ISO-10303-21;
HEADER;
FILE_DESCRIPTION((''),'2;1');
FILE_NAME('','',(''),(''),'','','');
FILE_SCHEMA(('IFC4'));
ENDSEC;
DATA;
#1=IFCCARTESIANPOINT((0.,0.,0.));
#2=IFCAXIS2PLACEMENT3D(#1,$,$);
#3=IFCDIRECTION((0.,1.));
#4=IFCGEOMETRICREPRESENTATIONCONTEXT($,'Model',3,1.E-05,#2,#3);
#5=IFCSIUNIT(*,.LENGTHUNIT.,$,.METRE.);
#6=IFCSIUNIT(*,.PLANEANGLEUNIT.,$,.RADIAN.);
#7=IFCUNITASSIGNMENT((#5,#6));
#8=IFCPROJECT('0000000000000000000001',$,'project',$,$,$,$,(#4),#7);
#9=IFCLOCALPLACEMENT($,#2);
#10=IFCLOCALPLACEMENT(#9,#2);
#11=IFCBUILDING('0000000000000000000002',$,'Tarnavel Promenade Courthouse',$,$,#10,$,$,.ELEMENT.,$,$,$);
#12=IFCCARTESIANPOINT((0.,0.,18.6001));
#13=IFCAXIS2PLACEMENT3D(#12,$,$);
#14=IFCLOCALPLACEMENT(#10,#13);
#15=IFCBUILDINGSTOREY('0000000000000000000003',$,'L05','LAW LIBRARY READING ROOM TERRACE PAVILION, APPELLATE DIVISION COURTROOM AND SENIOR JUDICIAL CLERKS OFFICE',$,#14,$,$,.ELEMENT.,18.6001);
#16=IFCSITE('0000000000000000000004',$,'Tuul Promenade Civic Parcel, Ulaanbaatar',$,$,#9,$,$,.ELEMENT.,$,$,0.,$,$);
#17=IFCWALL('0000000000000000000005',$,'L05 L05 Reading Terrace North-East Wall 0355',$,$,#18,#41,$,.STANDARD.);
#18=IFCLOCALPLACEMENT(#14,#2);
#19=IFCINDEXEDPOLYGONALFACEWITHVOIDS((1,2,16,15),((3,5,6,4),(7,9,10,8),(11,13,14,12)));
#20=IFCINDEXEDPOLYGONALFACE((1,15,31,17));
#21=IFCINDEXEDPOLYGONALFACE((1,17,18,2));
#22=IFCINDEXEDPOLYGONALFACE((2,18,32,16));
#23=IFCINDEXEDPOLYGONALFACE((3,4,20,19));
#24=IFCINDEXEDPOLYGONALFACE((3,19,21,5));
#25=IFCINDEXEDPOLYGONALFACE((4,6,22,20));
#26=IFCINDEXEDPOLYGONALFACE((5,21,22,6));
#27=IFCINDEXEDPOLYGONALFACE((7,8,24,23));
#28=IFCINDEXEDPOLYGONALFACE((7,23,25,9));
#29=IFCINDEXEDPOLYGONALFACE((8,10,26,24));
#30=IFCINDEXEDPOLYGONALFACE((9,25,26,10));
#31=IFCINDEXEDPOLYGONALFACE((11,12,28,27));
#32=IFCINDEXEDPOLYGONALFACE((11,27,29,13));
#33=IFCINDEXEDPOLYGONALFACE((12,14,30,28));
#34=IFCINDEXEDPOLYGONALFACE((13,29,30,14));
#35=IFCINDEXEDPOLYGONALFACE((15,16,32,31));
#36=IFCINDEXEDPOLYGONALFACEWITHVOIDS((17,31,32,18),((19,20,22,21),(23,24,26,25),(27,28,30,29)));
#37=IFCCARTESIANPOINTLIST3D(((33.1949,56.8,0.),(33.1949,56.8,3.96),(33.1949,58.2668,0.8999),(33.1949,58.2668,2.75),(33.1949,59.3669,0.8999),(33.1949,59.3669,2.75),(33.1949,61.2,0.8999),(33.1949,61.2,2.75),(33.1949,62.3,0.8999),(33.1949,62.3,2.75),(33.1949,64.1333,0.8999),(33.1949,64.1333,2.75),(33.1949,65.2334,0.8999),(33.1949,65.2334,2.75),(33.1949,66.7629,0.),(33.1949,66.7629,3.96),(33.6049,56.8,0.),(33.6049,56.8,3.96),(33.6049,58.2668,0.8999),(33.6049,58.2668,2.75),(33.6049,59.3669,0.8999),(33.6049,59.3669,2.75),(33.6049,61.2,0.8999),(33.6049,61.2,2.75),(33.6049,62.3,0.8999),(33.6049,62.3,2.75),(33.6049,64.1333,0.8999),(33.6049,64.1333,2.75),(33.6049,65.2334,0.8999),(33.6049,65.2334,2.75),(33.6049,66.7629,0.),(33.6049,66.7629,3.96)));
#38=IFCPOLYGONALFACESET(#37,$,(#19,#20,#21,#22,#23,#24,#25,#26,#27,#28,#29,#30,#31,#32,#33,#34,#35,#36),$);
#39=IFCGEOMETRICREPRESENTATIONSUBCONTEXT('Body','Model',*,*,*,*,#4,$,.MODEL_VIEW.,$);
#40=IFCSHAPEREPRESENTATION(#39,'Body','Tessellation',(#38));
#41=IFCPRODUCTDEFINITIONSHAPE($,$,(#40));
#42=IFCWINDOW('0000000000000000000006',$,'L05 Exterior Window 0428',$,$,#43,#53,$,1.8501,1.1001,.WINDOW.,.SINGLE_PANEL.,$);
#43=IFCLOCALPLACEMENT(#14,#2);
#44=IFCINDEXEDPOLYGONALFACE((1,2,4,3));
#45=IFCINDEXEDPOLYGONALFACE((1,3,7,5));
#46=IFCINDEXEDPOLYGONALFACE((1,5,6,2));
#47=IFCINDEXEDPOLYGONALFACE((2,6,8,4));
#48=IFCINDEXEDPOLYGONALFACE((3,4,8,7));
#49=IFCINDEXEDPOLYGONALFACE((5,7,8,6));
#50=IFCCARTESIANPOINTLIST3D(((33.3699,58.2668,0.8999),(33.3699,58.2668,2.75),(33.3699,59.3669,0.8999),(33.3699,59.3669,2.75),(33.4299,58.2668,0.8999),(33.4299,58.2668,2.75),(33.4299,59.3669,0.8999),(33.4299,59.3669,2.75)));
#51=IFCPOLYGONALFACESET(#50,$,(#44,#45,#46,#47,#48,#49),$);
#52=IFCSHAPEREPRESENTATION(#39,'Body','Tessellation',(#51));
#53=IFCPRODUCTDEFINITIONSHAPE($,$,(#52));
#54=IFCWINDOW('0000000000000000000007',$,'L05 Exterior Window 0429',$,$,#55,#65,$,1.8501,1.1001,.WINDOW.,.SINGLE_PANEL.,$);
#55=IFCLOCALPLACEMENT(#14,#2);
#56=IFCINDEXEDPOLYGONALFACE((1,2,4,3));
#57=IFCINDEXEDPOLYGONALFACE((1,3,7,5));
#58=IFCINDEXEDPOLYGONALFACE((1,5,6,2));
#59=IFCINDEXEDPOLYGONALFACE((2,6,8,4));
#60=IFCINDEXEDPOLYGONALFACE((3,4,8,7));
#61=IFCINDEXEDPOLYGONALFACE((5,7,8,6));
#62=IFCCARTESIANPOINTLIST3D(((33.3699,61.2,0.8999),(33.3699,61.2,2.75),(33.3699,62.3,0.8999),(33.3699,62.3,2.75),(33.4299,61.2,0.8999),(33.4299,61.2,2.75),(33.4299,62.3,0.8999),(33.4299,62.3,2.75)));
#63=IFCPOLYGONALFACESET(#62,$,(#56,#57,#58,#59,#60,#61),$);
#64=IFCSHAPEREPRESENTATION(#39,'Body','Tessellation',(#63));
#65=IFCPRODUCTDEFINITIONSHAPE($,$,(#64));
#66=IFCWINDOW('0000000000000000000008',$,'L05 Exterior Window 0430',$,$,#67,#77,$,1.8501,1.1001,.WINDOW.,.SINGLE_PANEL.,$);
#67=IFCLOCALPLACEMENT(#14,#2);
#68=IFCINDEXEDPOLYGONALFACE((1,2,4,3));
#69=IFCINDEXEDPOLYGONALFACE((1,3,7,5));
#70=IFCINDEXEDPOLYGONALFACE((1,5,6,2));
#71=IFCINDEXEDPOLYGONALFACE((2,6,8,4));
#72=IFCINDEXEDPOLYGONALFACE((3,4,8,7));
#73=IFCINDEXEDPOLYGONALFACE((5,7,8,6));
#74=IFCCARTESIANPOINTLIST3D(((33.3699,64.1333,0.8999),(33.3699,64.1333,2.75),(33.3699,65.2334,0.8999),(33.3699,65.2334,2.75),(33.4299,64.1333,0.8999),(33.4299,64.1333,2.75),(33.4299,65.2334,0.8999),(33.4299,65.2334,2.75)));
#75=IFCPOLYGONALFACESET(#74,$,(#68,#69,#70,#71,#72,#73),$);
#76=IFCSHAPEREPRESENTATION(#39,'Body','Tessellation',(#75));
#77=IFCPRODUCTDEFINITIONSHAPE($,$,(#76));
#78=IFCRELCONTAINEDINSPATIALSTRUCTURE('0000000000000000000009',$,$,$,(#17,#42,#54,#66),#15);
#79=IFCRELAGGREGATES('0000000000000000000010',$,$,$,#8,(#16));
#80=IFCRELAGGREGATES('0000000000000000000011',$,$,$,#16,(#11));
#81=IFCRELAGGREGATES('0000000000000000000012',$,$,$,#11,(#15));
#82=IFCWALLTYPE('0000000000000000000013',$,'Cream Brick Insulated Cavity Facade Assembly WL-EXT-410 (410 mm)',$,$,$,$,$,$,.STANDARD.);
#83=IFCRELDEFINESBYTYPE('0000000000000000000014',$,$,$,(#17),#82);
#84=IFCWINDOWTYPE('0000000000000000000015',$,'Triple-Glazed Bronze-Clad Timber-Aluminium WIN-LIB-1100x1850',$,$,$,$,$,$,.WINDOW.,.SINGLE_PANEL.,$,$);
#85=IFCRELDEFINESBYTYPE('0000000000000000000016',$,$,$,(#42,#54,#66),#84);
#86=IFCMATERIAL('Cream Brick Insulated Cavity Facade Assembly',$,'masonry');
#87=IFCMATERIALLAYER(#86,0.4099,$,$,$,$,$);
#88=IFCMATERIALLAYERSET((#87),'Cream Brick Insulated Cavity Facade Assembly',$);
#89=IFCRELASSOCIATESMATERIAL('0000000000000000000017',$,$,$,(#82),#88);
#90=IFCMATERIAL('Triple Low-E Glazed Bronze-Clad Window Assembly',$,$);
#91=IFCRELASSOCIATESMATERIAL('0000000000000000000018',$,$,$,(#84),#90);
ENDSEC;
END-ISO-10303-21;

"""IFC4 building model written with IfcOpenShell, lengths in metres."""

from ifc_helpers import new_model, si_unit, direction, frame, frame_2d, origin, place, context, subcontext, project, spatial, rectangle, extrude, material, layer, layer_set, type_object, element, fill, save


model = new_model("IFC4")

# Units and contexts
model_context = context("Model", 3, precision=1e-05, world=origin(), true_north=direction((0.0, 1.0)))
body_context = subcontext(model_context, "Body", "Model", "MODEL_VIEW")
ifc_project = project(units=[si_unit("LENGTHUNIT", "METRE"), si_unit("PLANEANGLEUNIT", "RADIAN")], contexts=[model_context])

# Site, building, storey
site_placement = place(None, origin())
site = spatial("IfcSite", under=ifc_project, at=site_placement, Name="Tuul Promenade Civic Parcel, Ulaanbaatar", CompositionType="ELEMENT", RefElevation=0.0)
building_placement = place(site_placement, origin())
building = spatial("IfcBuilding", under=site, at=building_placement, Name="Tarnavel Promenade Courthouse", CompositionType="ELEMENT")
storey_placement = place(building_placement, frame((0.0, 0.0, 18.6001)))
storey = spatial("IfcBuildingStorey", under=building, at=storey_placement, Name="L05", Description="LAW LIBRARY READING ROOM TERRACE PAVILION, APPELLATE DIVISION COURTROOM AND SENIOR JUDICIAL CLERKS OFFICE", CompositionType="ELEMENT", Elevation=18.6001)

# Wall, openings, windows
ifc_material_1 = material(Name="Cream Brick Insulated Cavity Facade Assembly", Category="masonry")
ifc_layer_1 = layer(ifc_material_1, 0.4099)
ifc_layer_set_1 = layer_set([ifc_layer_1], Name="Cream Brick Insulated Cavity Facade Assembly")
wall_type_1 = type_object("IfcWallType", Name="Cream Brick Insulated Cavity Facade Assembly WL-EXT-410 (410 mm)", PredefinedType="STANDARD", material=ifc_layer_set_1)
wall_1_placement = place(storey_placement, frame((33.3999, 56.8, 0.0), z_axis=(0.0, 0.0, 1.0), x_axis=(0.0, 1.0, 0.0)))
wall_1 = element("IfcWall", 1, at=wall_1_placement, inside=storey, type_object=wall_type_1, Name="L05 L05 Reading Terrace North-East Wall 0355", PredefinedType="STANDARD", context=body_context, shape_type="SweptSolid", body=[
    extrude(rectangle(XDim=9.9629, YDim=0.4099, at=frame_2d((4.9814, 0.0))), origin(), (0.0, 0.0, 1.0), 3.96),
])
opening_1_placement = place(wall_1_placement, frame((1.4668, 0.0, 0.8999)))
opening_1 = element("IfcOpeningElement", 2, at=opening_1_placement, cuts=wall_1, PredefinedType="OPENING", context=body_context, shape_type="SweptSolid", body=[
    extrude(rectangle(XDim=1.1001, YDim=1.8501, at=frame_2d((0.55, 0.925))), frame((0.0, 0.2148, 0.0), z_axis=(0.0, -1.0, 0.0), x_axis=(1.0, 0.0, 0.0)), (0.0, 0.0, 1.0), 0.4299),
])
opening_2_placement = place(wall_1_placement, frame((4.3999, 0.0, 0.8999)))
opening_2 = element("IfcOpeningElement", 3, at=opening_2_placement, cuts=wall_1, PredefinedType="OPENING", context=body_context, shape_type="SweptSolid", body=[
    extrude(rectangle(XDim=1.1001, YDim=1.8501, at=frame_2d((0.55, 0.925))), frame((0.0, 0.2148, 0.0), z_axis=(0.0, -1.0, 0.0), x_axis=(1.0, 0.0, 0.0)), (0.0, 0.0, 1.0), 0.4299),
])
opening_3_placement = place(wall_1_placement, frame((7.3333, 0.0, 0.8999)))
opening_3 = element("IfcOpeningElement", 4, at=opening_3_placement, cuts=wall_1, PredefinedType="OPENING", context=body_context, shape_type="SweptSolid", body=[
    extrude(rectangle(XDim=1.1001, YDim=1.8501, at=frame_2d((0.55, 0.925))), frame((0.0, 0.2148, 0.0), z_axis=(0.0, -1.0, 0.0), x_axis=(1.0, 0.0, 0.0)), (0.0, 0.0, 1.0), 0.4299),
])
ifc_material_2 = material(Name="Triple Low-E Glazed Bronze-Clad Window Assembly")
window_type = type_object("IfcWindowType", Name="Triple-Glazed Bronze-Clad Timber-Aluminium WIN-LIB-1100x1850", PartitioningType="SINGLE_PANEL", PredefinedType="WINDOW", material=ifc_material_2)
window_1_placement = place(opening_1_placement, origin())
window_1 = element("IfcWindow", 5, at=window_1_placement, inside=storey, type_object=window_type, Name="L05 Exterior Window 0428", OverallHeight=1.8501, OverallWidth=1.1001, PartitioningType="SINGLE_PANEL", PredefinedType="WINDOW", context=body_context, shape_type="SweptSolid", body=[
    extrude(rectangle(XDim=1.1001, YDim=1.8501, at=frame_2d((0.55, 0.925))), frame((0.0, 0.03, 0.0), z_axis=(0.0, -1.0, 0.0), x_axis=(1.0, 0.0, 0.0)), (0.0, 0.0, 1.0), 0.0601),
])
fill(opening_1, window_1)
window_2_placement = place(opening_2_placement, origin())
window_2 = element("IfcWindow", 6, at=window_2_placement, inside=storey, type_object=window_type, Name="L05 Exterior Window 0429", OverallHeight=1.8501, OverallWidth=1.1001, PartitioningType="SINGLE_PANEL", PredefinedType="WINDOW", context=body_context, shape_type="SweptSolid", body=[
    extrude(rectangle(XDim=1.1001, YDim=1.8501, at=frame_2d((0.55, 0.925))), frame((0.0, 0.03, 0.0), z_axis=(0.0, -1.0, 0.0), x_axis=(1.0, 0.0, 0.0)), (0.0, 0.0, 1.0), 0.0601),
])
fill(opening_2, window_2)
window_3_placement = place(opening_3_placement, origin())
window_3 = element("IfcWindow", 7, at=window_3_placement, inside=storey, type_object=window_type, Name="L05 Exterior Window 0430", OverallHeight=1.8501, OverallWidth=1.1001, PartitioningType="SINGLE_PANEL", PredefinedType="WINDOW", context=body_context, shape_type="SweptSolid", body=[
    extrude(rectangle(XDim=1.1001, YDim=1.8501, at=frame_2d((0.55, 0.925))), frame((0.0, 0.03, 0.0), z_axis=(0.0, -1.0, 0.0), x_axis=(1.0, 0.0, 0.0)), (0.0, 0.0, 1.0), 0.0601),
])
fill(opening_3, window_3)

save(model, "model.ifc")
